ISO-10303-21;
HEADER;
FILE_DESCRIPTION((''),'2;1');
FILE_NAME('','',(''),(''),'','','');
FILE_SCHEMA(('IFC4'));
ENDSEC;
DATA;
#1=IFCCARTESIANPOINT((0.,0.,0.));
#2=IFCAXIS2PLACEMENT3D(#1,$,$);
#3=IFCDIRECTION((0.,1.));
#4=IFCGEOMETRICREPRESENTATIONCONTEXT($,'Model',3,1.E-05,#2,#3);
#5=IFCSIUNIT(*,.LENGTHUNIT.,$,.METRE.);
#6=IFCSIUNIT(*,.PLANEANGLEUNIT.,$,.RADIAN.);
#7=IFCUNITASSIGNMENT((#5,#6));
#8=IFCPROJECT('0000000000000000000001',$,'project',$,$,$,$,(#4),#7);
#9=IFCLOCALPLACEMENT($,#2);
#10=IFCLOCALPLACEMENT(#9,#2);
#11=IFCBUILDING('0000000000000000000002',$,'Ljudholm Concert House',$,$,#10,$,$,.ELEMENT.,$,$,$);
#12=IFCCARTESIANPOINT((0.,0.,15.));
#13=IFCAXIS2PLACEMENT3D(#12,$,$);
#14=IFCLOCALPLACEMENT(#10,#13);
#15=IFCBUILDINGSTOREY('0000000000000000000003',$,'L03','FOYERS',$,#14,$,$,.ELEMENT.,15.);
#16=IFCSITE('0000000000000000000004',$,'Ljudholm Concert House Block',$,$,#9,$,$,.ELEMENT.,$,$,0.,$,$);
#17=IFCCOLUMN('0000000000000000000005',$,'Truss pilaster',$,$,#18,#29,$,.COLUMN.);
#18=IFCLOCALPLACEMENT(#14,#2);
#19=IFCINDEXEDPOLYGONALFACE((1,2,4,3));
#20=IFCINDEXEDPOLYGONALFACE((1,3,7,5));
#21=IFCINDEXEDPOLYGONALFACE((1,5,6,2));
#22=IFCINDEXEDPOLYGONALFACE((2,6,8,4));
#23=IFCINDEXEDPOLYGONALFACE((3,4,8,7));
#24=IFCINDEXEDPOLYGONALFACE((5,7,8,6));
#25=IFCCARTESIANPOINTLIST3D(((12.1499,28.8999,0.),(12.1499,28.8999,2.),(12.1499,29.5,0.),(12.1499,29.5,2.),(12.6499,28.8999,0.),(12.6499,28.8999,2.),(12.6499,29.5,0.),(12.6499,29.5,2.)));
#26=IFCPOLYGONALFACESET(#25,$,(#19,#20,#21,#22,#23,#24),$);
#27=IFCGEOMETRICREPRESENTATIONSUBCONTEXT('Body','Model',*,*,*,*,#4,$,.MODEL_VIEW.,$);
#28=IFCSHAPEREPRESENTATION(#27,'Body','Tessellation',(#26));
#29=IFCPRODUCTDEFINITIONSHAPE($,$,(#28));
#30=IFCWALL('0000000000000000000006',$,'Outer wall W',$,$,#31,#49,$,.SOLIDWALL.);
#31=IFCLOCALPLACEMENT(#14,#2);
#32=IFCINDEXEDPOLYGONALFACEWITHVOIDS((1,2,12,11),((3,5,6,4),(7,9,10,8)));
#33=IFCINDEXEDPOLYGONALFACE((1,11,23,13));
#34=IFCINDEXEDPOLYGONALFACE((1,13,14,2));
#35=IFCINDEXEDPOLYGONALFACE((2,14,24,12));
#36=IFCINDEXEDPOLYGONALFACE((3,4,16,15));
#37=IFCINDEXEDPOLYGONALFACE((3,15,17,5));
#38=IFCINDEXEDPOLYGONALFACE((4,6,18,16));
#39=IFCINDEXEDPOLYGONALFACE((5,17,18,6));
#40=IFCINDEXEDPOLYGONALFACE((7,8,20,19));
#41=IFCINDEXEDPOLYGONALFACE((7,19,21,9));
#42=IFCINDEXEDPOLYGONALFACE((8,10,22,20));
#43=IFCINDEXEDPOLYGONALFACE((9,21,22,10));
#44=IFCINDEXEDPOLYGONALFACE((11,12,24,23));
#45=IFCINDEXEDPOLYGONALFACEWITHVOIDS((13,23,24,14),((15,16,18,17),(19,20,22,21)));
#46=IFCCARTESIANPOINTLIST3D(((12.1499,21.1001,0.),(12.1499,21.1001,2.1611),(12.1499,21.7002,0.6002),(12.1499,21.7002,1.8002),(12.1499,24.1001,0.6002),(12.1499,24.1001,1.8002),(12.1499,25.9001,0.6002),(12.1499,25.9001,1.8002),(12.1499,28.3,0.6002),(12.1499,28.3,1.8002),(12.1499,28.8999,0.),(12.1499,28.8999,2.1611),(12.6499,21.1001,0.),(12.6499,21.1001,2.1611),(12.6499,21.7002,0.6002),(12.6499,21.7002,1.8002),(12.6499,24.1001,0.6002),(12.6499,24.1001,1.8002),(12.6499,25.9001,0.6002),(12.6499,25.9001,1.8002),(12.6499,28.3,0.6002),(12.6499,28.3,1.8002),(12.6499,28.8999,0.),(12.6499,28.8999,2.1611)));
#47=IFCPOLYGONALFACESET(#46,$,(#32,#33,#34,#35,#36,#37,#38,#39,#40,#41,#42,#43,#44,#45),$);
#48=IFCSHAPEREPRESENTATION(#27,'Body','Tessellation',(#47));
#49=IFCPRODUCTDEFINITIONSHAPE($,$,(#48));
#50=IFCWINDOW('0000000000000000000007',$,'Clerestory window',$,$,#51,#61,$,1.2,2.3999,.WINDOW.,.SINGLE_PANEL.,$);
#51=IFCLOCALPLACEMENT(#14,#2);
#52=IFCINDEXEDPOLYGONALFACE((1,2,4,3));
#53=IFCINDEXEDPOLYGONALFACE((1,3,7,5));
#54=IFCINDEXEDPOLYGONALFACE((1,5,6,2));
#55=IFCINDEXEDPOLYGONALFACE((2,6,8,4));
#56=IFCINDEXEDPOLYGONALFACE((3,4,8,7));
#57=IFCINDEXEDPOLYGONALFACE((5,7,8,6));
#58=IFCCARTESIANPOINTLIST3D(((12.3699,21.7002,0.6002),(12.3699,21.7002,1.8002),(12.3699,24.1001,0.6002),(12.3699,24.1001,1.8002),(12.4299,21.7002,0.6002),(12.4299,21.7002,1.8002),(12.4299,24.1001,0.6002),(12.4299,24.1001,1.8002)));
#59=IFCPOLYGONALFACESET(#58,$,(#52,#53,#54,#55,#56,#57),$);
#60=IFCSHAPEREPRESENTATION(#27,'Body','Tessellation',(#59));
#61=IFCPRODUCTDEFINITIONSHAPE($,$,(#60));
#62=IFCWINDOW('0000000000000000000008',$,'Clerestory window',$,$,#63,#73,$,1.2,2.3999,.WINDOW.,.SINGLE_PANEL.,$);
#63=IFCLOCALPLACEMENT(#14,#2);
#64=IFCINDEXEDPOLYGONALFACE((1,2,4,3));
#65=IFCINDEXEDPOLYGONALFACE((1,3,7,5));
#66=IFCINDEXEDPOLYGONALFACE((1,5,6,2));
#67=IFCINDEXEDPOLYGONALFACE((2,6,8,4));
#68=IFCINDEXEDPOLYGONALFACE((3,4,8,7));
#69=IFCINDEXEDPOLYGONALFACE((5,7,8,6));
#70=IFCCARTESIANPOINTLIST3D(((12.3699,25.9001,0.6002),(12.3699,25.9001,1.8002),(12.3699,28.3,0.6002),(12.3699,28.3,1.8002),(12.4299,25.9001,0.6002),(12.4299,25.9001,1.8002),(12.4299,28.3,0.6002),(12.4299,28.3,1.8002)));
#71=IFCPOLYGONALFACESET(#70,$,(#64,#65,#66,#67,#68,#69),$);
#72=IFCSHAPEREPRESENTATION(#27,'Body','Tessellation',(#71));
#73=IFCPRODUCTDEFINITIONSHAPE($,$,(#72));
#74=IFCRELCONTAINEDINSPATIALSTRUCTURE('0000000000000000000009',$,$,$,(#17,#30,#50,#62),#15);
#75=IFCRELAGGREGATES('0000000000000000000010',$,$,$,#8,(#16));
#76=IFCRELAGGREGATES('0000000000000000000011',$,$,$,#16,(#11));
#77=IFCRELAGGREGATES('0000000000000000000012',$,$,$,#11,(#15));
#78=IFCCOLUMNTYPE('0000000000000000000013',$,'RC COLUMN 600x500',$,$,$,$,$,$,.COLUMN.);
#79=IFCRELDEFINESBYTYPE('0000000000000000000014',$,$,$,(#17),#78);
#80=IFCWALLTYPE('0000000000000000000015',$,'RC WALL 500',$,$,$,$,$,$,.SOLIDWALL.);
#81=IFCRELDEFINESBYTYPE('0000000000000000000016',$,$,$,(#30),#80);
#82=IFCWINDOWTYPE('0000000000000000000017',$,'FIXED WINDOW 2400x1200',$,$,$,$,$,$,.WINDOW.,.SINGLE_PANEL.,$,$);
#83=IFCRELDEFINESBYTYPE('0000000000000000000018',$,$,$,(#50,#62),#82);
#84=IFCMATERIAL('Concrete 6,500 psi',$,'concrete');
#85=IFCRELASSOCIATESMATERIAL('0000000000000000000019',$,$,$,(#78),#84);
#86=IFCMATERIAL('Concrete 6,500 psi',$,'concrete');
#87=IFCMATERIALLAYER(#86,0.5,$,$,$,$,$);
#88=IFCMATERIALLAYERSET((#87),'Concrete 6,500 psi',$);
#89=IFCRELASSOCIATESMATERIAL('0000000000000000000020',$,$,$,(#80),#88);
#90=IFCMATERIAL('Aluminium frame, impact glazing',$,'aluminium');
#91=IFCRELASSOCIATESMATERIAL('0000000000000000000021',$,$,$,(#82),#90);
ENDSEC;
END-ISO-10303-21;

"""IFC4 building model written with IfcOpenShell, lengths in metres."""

from ifc_helpers import new_model, si_unit, direction, frame, frame_2d, origin, origin_2d, place, context, subcontext, project, spatial, rectangle, extrude, material, layer, layer_set, material_profile, profile_set, type_object, element, fill, save


model = new_model("IFC4")

# Units and contexts
model_context = context("Model", 3, precision=1e-05, world=origin(), true_north=direction((0.0, 1.0)))
body_context = subcontext(model_context, "Body", "Model", "MODEL_VIEW")
ifc_project = project(units=[si_unit("LENGTHUNIT", "METRE"), si_unit("PLANEANGLEUNIT", "RADIAN")], contexts=[model_context])

# Site, building, storey
site_placement = place(None, origin())
site = spatial("IfcSite", under=ifc_project, at=site_placement, Name="Ljudholm Concert House Block", CompositionType="ELEMENT", RefElevation=0.0)
building_placement = place(site_placement, origin())
building = spatial("IfcBuilding", under=site, at=building_placement, Name="Ljudholm Concert House", CompositionType="ELEMENT")
storey_placement = place(building_placement, frame((0.0, 0.0, 15.0)))
storey = spatial("IfcBuildingStorey", under=building, at=storey_placement, Name="L03", Description="FOYERS", CompositionType="ELEMENT", Elevation=15.0)

# Column
ifc_material_1 = material(Name="Concrete 6,500 psi", Category="concrete")
ifc_material_profile = material_profile(ifc_material_1, rectangle(XDim=0.6001, YDim=0.5, at=origin_2d()), Name="RC COLUMN 600x500")
ifc_profile_set = profile_set([ifc_material_profile], Name="Concrete 6,500 psi")
column_type = type_object("IfcColumnType", Name="RC COLUMN 600x500", PredefinedType="COLUMN", material=ifc_profile_set)
column_placement = place(storey_placement, frame((12.3999, 29.2, 0.0), z_axis=(0.0, 0.0, 1.0), x_axis=(0.0, 1.0, 0.0)))
element("IfcColumn", 1, at=column_placement, inside=storey, type_object=column_type, Name="Truss pilaster", PredefinedType="COLUMN", context=body_context, shape_type="SweptSolid", body=[
    extrude(rectangle(XDim=0.6001, YDim=0.5, at=origin_2d()), origin(), (0.0, 0.0, 1.0), 2.0),
])

# Wall, openings, windows
ifc_material_2 = material(Name="Concrete 6,500 psi", Category="concrete")
ifc_layer_1 = layer(ifc_material_2, 0.5)
ifc_layer_set_1 = layer_set([ifc_layer_1], Name="Concrete 6,500 psi")
wall_type = type_object("IfcWallType", Name="RC WALL 500", PredefinedType="SOLIDWALL", material=ifc_layer_set_1)
wall_placement = place(storey_placement, frame((12.3999, 21.1001, 0.0), z_axis=(0.0, 0.0, 1.0), x_axis=(0.0, 1.0, 0.0)))
wall = element("IfcWall", 2, at=wall_placement, inside=storey, type_object=wall_type, Name="Outer wall W", PredefinedType="SOLIDWALL", context=body_context, shape_type="SweptSolid", body=[
    extrude(rectangle(XDim=7.7998, YDim=0.5, at=frame_2d((3.8999, 0.0))), origin(), (0.0, 0.0, 1.0), 2.1611),
])
opening_1_placement = place(wall_placement, frame((0.6001, 0.0, 0.6001)))
opening_1 = element("IfcOpeningElement", 3, at=opening_1_placement, cuts=wall, PredefinedType="OPENING", context=body_context, shape_type="SweptSolid", body=[
    extrude(rectangle(XDim=2.3999, YDim=1.2, at=frame_2d((1.2, 0.6001))), frame((0.0, 0.26, 0.0), z_axis=(0.0, -1.0, 0.0), x_axis=(1.0, 0.0, 0.0)), (0.0, 0.0, 1.0), 0.52),
])
opening_2_placement = place(wall_placement, frame((4.8, 0.0, 0.6001)))
opening_2 = element("IfcOpeningElement", 4, at=opening_2_placement, cuts=wall, PredefinedType="OPENING", context=body_context, shape_type="SweptSolid", body=[
    extrude(rectangle(XDim=2.3999, YDim=1.2, at=frame_2d((1.2, 0.6001))), frame((0.0, 0.26, 0.0), z_axis=(0.0, -1.0, 0.0), x_axis=(1.0, 0.0, 0.0)), (0.0, 0.0, 1.0), 0.52),
])
ifc_material_3 = material(Name="Aluminium frame, impact glazing", Category="aluminium")
window_type = type_object("IfcWindowType", Name="FIXED WINDOW 2400x1200", PartitioningType="SINGLE_PANEL", PredefinedType="WINDOW", material=ifc_material_3)
window_1_placement = place(opening_1_placement, origin())
window_1 = element("IfcWindow", 5, at=window_1_placement, inside=storey, type_object=window_type, Name="Clerestory window", OverallHeight=1.2, OverallWidth=2.3999, PartitioningType="SINGLE_PANEL", PredefinedType="WINDOW", context=body_context, shape_type="SweptSolid", body=[
    extrude(rectangle(XDim=2.3999, YDim=1.2, at=frame_2d((1.2, 0.6001))), frame((0.0, 0.03, 0.0), z_axis=(0.0, -1.0, 0.0), x_axis=(1.0, 0.0, 0.0)), (0.0, 0.0, 1.0), 0.0601),
])
fill(opening_1, window_1)
window_2_placement = place(opening_2_placement, origin())
window_2 = element("IfcWindow", 6, at=window_2_placement, inside=storey, type_object=window_type, Name="Clerestory window", OverallHeight=1.2, OverallWidth=2.3999, PartitioningType="SINGLE_PANEL", PredefinedType="WINDOW", context=body_context, shape_type="SweptSolid", body=[
    extrude(rectangle(XDim=2.3999, YDim=1.2, at=frame_2d((1.2, 0.6001))), frame((0.0, 0.03, 0.0), z_axis=(0.0, -1.0, 0.0), x_axis=(1.0, 0.0, 0.0)), (0.0, 0.0, 1.0), 0.0601),
])
fill(opening_2, window_2)

save(model, "model.ifc")
